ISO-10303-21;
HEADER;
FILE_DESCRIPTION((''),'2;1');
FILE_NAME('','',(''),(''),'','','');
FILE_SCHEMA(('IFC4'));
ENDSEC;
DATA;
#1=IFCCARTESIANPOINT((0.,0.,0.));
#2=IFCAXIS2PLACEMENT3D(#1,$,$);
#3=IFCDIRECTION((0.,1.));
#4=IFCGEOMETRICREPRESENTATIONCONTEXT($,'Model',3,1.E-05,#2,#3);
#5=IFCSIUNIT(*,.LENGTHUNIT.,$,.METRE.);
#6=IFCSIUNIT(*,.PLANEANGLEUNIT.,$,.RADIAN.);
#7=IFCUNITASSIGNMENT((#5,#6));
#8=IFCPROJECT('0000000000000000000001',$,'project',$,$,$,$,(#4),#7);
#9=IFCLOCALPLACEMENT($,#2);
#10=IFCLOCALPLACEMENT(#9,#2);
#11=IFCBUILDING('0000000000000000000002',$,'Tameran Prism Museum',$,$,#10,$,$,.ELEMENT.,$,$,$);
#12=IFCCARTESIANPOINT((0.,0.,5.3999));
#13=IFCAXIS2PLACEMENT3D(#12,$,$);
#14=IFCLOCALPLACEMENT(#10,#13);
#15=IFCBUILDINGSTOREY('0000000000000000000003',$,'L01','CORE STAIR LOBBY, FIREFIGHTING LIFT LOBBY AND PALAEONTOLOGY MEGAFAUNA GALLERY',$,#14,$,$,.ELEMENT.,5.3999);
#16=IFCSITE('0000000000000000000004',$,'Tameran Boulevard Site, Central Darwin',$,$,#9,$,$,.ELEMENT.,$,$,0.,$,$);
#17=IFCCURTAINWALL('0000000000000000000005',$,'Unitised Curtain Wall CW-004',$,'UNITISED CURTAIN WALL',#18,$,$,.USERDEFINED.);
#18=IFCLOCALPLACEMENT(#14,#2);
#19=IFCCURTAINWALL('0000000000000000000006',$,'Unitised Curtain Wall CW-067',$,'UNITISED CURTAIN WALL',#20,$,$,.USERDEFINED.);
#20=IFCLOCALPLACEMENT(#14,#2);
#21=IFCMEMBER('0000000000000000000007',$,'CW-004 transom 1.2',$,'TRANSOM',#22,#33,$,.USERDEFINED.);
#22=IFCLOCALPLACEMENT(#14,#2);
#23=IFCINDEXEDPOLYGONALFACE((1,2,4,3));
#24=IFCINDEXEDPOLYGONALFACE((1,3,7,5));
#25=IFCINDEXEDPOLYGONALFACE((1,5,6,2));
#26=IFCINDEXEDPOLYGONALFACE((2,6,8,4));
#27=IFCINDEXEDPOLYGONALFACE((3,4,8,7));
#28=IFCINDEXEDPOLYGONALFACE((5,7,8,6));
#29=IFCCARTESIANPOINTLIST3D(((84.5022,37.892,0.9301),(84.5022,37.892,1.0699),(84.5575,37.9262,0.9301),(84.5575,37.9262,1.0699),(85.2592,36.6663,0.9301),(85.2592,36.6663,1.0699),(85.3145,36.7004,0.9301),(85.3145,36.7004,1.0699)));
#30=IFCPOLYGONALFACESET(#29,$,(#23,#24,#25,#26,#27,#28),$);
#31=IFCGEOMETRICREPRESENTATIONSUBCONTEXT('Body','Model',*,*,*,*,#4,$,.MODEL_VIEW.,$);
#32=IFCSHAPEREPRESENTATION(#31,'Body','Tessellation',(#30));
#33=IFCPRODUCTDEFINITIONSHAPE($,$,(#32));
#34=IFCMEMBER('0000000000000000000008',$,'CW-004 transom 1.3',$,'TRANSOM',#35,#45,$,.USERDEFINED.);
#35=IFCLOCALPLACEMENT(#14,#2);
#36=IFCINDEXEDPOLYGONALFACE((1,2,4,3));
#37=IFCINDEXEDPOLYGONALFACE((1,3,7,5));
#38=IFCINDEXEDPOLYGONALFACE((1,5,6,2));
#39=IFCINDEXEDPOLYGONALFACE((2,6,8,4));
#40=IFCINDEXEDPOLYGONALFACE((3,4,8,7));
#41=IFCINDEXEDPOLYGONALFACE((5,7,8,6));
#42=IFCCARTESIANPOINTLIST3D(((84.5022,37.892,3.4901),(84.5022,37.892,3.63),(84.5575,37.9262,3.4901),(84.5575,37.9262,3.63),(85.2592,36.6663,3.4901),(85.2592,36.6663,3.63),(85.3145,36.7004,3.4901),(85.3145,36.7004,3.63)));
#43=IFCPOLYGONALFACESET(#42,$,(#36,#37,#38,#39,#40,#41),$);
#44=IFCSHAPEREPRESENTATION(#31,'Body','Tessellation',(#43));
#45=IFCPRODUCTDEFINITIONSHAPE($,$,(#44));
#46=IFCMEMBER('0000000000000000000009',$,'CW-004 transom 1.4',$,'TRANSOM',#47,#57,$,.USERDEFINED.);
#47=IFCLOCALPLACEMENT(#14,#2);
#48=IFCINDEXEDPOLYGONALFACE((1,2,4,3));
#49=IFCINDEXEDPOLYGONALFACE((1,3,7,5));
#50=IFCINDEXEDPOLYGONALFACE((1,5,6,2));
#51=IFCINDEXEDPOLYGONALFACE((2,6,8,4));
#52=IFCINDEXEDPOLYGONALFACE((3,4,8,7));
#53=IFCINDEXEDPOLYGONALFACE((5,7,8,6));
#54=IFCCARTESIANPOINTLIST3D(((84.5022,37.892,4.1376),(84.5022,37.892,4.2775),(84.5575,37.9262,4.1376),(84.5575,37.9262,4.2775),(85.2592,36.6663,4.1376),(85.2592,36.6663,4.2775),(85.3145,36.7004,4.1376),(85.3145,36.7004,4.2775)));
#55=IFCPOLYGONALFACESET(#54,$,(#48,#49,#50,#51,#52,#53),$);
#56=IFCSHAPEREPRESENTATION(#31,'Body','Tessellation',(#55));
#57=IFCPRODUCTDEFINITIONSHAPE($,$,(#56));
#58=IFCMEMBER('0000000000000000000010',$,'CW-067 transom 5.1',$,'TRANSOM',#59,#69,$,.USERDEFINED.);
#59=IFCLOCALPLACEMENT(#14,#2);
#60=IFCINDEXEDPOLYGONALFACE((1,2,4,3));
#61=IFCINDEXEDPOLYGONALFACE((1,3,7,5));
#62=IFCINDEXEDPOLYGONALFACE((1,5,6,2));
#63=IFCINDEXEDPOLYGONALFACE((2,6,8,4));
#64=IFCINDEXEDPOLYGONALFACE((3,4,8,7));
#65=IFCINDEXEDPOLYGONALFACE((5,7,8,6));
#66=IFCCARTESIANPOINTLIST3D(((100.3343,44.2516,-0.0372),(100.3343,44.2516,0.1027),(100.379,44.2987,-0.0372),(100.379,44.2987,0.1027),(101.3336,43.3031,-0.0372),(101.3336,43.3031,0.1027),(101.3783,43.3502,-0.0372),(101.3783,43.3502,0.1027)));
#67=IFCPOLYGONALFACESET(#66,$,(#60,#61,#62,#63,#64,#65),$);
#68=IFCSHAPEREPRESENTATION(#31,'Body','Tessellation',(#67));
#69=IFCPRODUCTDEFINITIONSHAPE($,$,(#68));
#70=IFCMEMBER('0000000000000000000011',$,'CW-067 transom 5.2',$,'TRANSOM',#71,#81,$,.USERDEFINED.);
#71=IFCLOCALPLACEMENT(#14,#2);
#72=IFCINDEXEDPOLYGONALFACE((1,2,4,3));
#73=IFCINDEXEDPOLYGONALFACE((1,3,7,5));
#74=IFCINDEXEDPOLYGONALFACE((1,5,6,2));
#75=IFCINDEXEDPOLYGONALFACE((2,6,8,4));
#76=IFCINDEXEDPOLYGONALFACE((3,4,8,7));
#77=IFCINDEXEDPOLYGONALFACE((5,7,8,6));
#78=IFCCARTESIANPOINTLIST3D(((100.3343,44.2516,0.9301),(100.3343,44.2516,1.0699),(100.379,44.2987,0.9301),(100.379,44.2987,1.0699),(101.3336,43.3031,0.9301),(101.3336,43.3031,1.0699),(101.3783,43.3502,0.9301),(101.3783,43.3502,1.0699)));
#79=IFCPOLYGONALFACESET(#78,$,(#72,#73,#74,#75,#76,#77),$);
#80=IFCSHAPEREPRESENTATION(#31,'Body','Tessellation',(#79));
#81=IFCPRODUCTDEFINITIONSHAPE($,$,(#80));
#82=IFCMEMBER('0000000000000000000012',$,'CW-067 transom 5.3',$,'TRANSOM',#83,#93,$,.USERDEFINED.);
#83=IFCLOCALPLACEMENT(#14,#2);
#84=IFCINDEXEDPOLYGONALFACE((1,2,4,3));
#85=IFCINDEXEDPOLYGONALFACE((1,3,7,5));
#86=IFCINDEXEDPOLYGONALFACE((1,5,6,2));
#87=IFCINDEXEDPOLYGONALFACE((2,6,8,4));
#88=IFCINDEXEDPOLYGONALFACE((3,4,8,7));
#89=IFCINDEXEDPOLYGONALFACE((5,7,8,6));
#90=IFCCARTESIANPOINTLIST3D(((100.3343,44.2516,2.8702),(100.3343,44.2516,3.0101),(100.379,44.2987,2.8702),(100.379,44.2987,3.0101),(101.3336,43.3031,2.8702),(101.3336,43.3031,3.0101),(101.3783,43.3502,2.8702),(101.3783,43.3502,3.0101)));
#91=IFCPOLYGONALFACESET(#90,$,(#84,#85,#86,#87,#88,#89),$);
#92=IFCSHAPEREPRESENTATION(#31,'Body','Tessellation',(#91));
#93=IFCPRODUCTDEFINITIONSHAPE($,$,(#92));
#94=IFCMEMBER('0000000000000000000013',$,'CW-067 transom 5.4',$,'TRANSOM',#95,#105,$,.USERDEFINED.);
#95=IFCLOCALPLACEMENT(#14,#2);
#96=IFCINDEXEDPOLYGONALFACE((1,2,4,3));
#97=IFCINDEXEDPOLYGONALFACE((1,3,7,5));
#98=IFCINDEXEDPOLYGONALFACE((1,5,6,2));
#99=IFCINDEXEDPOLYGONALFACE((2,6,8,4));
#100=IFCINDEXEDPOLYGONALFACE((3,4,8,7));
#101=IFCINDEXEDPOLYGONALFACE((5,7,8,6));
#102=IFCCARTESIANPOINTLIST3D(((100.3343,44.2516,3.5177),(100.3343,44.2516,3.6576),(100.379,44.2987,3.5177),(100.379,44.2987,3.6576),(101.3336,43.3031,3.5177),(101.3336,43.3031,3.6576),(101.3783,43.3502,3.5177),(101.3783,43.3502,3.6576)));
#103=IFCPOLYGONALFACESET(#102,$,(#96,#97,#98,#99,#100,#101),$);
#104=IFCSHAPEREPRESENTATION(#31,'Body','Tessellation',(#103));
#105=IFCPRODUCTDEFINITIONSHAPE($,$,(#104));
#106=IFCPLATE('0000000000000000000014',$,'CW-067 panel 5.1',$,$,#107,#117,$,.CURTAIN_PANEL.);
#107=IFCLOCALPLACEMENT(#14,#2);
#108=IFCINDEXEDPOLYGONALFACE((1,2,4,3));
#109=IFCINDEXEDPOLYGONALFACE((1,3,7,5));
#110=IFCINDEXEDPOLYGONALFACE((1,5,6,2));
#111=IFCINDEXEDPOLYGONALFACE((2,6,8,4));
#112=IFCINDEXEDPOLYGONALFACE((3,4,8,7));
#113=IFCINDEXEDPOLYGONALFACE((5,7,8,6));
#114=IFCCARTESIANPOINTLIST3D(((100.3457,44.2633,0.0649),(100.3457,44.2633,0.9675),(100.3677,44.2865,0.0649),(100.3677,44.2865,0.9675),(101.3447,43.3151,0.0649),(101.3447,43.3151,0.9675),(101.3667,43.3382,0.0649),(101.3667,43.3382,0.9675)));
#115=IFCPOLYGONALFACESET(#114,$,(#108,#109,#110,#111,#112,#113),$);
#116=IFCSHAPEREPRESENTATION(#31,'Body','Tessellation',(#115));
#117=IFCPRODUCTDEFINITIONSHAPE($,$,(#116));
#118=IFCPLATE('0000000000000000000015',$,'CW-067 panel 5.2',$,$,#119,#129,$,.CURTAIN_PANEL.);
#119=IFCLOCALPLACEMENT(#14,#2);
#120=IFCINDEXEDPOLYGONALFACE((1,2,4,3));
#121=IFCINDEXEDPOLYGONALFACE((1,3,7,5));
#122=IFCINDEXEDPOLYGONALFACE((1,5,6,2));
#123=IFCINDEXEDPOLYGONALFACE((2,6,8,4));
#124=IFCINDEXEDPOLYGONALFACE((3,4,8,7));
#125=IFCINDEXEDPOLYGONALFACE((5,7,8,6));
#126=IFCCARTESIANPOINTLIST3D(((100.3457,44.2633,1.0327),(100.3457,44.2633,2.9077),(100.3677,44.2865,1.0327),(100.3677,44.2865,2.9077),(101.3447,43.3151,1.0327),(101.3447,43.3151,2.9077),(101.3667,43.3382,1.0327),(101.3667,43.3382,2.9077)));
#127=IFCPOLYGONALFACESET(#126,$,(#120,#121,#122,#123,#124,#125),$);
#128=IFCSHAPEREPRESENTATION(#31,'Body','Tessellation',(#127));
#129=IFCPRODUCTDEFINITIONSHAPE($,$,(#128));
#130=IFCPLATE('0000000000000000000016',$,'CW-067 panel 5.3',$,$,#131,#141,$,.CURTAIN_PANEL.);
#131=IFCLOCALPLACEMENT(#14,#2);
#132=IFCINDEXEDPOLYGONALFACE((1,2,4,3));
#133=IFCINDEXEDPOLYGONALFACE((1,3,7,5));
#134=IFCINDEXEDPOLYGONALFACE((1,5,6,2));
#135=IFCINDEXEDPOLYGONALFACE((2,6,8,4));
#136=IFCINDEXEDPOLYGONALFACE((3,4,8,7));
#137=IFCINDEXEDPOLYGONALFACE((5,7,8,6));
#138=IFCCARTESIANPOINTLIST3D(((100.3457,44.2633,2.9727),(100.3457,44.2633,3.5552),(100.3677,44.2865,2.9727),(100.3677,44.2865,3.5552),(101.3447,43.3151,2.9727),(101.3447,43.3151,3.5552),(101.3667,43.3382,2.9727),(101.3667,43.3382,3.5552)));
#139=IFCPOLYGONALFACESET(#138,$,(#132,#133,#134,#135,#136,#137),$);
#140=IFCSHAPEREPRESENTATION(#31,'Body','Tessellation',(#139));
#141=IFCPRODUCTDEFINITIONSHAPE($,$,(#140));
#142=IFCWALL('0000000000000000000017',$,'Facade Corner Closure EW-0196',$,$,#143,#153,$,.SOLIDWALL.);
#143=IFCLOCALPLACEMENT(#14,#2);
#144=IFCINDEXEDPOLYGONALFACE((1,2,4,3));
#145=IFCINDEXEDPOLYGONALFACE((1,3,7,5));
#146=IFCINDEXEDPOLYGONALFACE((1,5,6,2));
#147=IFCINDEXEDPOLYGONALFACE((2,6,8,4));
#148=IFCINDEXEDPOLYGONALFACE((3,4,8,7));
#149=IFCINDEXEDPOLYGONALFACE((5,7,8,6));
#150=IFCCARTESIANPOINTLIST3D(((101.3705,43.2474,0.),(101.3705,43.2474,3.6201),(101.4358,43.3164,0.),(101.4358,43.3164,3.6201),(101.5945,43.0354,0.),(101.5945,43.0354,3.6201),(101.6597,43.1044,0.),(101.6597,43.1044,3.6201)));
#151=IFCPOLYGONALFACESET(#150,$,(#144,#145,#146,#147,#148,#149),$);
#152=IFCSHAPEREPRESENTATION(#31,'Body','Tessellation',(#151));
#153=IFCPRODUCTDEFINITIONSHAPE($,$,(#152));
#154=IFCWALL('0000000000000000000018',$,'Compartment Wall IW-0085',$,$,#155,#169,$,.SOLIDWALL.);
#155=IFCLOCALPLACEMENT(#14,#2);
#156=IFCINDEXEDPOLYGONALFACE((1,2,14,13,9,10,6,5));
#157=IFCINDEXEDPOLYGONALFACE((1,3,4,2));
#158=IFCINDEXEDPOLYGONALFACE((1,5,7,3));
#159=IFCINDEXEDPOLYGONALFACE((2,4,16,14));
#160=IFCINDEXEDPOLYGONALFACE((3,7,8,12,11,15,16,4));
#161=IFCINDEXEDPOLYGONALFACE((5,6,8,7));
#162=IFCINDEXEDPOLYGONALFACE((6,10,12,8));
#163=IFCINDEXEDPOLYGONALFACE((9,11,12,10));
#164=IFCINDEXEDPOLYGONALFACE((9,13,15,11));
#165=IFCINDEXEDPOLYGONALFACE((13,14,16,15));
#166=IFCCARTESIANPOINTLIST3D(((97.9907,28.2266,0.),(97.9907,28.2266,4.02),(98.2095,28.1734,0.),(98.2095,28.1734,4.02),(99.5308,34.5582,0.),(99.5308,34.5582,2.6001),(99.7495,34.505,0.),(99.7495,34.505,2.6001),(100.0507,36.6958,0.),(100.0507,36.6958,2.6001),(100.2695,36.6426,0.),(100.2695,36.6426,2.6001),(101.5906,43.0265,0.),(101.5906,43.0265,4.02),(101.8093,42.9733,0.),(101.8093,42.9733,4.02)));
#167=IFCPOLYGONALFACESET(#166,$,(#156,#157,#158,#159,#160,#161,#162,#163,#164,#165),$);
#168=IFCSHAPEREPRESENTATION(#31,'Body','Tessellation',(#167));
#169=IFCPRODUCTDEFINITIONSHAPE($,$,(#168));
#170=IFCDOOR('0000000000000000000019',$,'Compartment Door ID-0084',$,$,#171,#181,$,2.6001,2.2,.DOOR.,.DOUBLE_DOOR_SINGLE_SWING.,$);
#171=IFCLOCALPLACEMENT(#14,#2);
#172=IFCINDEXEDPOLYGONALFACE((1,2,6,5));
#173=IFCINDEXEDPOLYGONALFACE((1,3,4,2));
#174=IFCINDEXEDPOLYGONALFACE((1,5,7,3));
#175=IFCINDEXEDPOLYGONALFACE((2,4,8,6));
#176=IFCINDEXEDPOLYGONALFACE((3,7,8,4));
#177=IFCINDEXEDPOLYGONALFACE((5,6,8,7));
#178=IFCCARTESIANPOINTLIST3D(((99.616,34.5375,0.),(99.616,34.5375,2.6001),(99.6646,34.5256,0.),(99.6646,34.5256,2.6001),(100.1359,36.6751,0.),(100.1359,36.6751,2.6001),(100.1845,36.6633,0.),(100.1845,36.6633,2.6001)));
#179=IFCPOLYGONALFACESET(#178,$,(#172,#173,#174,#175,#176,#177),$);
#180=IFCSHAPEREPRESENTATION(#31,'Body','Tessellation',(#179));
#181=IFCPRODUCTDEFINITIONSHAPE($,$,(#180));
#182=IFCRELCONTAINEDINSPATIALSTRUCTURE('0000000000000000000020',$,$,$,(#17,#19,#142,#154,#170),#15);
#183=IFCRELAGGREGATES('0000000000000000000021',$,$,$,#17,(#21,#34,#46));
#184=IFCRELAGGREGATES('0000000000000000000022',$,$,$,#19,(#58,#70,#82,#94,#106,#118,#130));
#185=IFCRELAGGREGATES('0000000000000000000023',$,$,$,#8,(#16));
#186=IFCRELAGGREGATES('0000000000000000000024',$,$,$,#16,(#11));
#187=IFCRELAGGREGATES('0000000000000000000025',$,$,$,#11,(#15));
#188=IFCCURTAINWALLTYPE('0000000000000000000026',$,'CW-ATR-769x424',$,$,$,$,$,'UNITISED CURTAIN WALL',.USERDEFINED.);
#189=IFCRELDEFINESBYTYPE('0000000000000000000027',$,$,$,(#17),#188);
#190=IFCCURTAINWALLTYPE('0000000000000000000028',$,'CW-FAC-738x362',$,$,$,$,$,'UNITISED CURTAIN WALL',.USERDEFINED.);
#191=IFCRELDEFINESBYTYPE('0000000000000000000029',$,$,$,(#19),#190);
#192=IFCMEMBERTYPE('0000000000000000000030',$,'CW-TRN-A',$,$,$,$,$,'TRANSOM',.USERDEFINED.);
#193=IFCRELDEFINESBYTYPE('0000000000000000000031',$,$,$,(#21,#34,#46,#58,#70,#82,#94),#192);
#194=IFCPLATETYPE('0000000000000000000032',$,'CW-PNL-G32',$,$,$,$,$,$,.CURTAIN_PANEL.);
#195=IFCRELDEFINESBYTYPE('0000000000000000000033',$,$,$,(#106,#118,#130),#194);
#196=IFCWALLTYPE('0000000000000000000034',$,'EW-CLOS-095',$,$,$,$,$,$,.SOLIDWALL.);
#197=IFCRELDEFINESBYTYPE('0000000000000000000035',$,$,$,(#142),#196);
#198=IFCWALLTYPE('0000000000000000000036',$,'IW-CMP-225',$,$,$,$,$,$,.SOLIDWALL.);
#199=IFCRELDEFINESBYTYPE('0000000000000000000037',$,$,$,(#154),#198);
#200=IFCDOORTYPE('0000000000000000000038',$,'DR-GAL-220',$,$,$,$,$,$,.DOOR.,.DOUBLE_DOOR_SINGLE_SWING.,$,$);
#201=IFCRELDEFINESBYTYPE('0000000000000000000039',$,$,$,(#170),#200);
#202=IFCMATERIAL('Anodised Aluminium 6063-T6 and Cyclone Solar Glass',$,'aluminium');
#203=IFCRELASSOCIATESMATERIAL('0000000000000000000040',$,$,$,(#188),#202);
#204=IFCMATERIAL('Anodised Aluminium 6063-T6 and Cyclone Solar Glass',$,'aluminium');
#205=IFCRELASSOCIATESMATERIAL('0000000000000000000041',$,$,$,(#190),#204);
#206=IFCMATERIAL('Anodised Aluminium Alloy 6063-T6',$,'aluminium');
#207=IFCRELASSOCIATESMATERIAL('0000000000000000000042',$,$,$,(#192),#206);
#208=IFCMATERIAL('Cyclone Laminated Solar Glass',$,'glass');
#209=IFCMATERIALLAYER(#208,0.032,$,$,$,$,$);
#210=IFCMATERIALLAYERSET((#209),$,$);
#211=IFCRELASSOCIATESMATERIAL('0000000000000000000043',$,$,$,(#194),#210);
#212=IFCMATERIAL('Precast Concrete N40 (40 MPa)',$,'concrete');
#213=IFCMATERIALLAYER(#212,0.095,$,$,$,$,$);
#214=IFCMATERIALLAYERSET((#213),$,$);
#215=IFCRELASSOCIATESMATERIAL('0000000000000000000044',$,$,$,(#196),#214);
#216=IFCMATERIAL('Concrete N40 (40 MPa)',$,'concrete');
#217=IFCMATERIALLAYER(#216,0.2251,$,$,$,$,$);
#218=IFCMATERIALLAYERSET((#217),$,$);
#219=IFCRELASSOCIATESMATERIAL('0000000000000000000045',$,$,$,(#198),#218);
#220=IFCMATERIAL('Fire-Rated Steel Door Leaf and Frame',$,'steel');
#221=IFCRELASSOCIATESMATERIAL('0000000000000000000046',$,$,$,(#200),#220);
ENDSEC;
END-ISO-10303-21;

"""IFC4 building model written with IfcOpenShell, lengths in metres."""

from ifc_helpers import new_model, si_unit, direction, frame, frame_2d, origin, origin_2d, place, context, subcontext, project, spatial, rectangle, extrude, material, layer, layer_set, material_profile, profile_set, type_object, element, fill, aggregate, save


model = new_model("IFC4")

# Units and contexts
model_context = context("Model", 3, precision=1e-05, world=origin(), true_north=direction((0.0, 1.0)))
body_context = subcontext(model_context, "Body", "Model", "MODEL_VIEW")
ifc_project = project(units=[si_unit("LENGTHUNIT", "METRE"), si_unit("PLANEANGLEUNIT", "RADIAN")], contexts=[model_context])

# Site, building, storey
site_placement = place(None, origin())
site = spatial("IfcSite", under=ifc_project, at=site_placement, Name="Tameran Boulevard Site, Central Darwin", CompositionType="ELEMENT", RefElevation=0.0)
building_placement = place(site_placement, origin())
building = spatial("IfcBuilding", under=site, at=building_placement, Name="Tameran Prism Museum", CompositionType="ELEMENT")
storey_placement = place(building_placement, frame((0.0, 0.0, 5.3999)))
storey = spatial("IfcBuildingStorey", under=building, at=storey_placement, Name="L01", Description="CORE STAIR LOBBY, FIREFIGHTING LIFT LOBBY AND PALAEONTOLOGY MEGAFAUNA GALLERY", CompositionType="ELEMENT", Elevation=5.3999)

# Curtain wall
ifc_material_1 = material(Name="Anodised Aluminium 6063-T6 and Cyclone Solar Glass", Category="aluminium")
curtain_wall_type_1 = type_object("IfcCurtainWallType", Name="CW-ATR-769x424", ElementType="UNITISED CURTAIN WALL", PredefinedType="USERDEFINED", material=ifc_material_1)
curtain_wall_1_placement = place(storey_placement, origin())
curtain_wall_1 = element("IfcCurtainWall", 1, at=curtain_wall_1_placement, inside=storey, type_object=curtain_wall_type_1, Name="Unitised Curtain Wall CW-004", ObjectType="UNITISED CURTAIN WALL", PredefinedType="USERDEFINED")

# Curtain wall
ifc_material_2 = material(Name="Anodised Aluminium 6063-T6 and Cyclone Solar Glass", Category="aluminium")
curtain_wall_type_2 = type_object("IfcCurtainWallType", Name="CW-FAC-738x362", ElementType="UNITISED CURTAIN WALL", PredefinedType="USERDEFINED", material=ifc_material_2)
curtain_wall_2_placement = place(storey_placement, origin())
curtain_wall_2 = element("IfcCurtainWall", 2, at=curtain_wall_2_placement, inside=storey, type_object=curtain_wall_type_2, Name="Unitised Curtain Wall CW-067", ObjectType="UNITISED CURTAIN WALL", PredefinedType="USERDEFINED")

# Members
ifc_material_3 = material(Name="Anodised Aluminium Alloy 6063-T6", Category="aluminium")
ifc_material_profile_1 = material_profile(ifc_material_3, rectangle(XDim=0.0649, YDim=0.1399, at=origin_2d()))
ifc_profile_set_1 = profile_set([ifc_material_profile_1])
member_type_1 = type_object("IfcMemberType", Name="CW-TRN-A", ElementType="TRANSOM", PredefinedType="USERDEFINED", material=ifc_profile_set_1)
member_1_placement = place(storey_placement, frame((85.2869, 36.6833, 1.0), z_axis=(-0.525468, 0.850814, 0.0), x_axis=(-0.850814, -0.525468, 0.0)))
member_1 = element("IfcMember", 3, at=member_1_placement, type_object=member_type_1, Name="CW-004 transom 1.2", ObjectType="TRANSOM", PredefinedType="USERDEFINED", context=body_context, shape_type="SweptSolid", body=[
    extrude(rectangle(XDim=0.0649, YDim=0.1399, at=origin_2d()), origin(), (0.0, 0.0, 1.0), 1.4407),
])
member_2_placement = place(storey_placement, frame((85.2869, 36.6833, 3.5601), z_axis=(-0.525468, 0.850814, 0.0), x_axis=(-0.850814, -0.525468, 0.0)))
member_2 = element("IfcMember", 4, at=member_2_placement, type_object=member_type_1, Name="CW-004 transom 1.3", ObjectType="TRANSOM", PredefinedType="USERDEFINED", context=body_context, shape_type="SweptSolid", body=[
    extrude(rectangle(XDim=0.0649, YDim=0.1399, at=origin_2d()), origin(), (0.0, 0.0, 1.0), 1.4407),
])
member_3_placement = place(storey_placement, frame((85.2869, 36.6833, 4.2075), z_axis=(-0.525468, 0.850814, 0.0), x_axis=(-0.850814, -0.525468, 0.0)))
member_3 = element("IfcMember", 5, at=member_3_placement, type_object=member_type_1, Name="CW-004 transom 1.4", ObjectType="TRANSOM", PredefinedType="USERDEFINED", context=body_context, shape_type="SweptSolid", body=[
    extrude(rectangle(XDim=0.0649, YDim=0.1399, at=origin_2d()), origin(), (0.0, 0.0, 1.0), 1.4407),
])
aggregate(curtain_wall_1, [member_1, member_2, member_3])
member_4_placement = place(storey_placement, frame((100.3567, 44.2751, 0.0327), z_axis=(0.725296, -0.688437, 0.0), x_axis=(0.688437, 0.725296, 0.0)))
member_4 = element("IfcMember", 6, at=member_4_placement, type_object=member_type_1, Name="CW-067 transom 5.1", ObjectType="TRANSOM", PredefinedType="USERDEFINED", context=body_context, shape_type="SweptSolid", body=[
    extrude(rectangle(XDim=0.0649, YDim=0.1399, at=origin_2d()), origin(), (0.0, 0.0, 1.0), 1.3777),
])
member_5_placement = place(storey_placement, frame((100.3567, 44.2751, 1.0), z_axis=(0.725296, -0.688437, 0.0), x_axis=(0.688437, 0.725296, 0.0)))
member_5 = element("IfcMember", 7, at=member_5_placement, type_object=member_type_1, Name="CW-067 transom 5.2", ObjectType="TRANSOM", PredefinedType="USERDEFINED", context=body_context, shape_type="SweptSolid", body=[
    extrude(rectangle(XDim=0.0649, YDim=0.1399, at=origin_2d()), origin(), (0.0, 0.0, 1.0), 1.3777),
])
member_6_placement = place(storey_placement, frame((100.3567, 44.2751, 2.9402), z_axis=(0.725296, -0.688437, 0.0), x_axis=(0.688437, 0.725296, 0.0)))
member_6 = element("IfcMember", 8, at=member_6_placement, type_object=member_type_1, Name="CW-067 transom 5.3", ObjectType="TRANSOM", PredefinedType="USERDEFINED", context=body_context, shape_type="SweptSolid", body=[
    extrude(rectangle(XDim=0.0649, YDim=0.1399, at=origin_2d()), origin(), (0.0, 0.0, 1.0), 1.3777),
])
member_7_placement = place(storey_placement, frame((100.3567, 44.2751, 3.5876), z_axis=(0.725296, -0.688437, 0.0), x_axis=(0.688437, 0.725296, 0.0)))
member_7 = element("IfcMember", 9, at=member_7_placement, type_object=member_type_1, Name="CW-067 transom 5.4", ObjectType="TRANSOM", PredefinedType="USERDEFINED", context=body_context, shape_type="SweptSolid", body=[
    extrude(rectangle(XDim=0.0649, YDim=0.1399, at=origin_2d()), origin(), (0.0, 0.0, 1.0), 1.3777),
])

# Plates
ifc_material_4 = material(Name="Cyclone Laminated Solar Glass", Category="glass")
ifc_layer_1 = layer(ifc_material_4, 0.032)
ifc_layer_set_1 = layer_set([ifc_layer_1])
plate_type = type_object("IfcPlateType", Name="CW-PNL-G32", PredefinedType="CURTAIN_PANEL", material=ifc_layer_set_1)
plate_1_placement = place(storey_placement, frame((100.8562, 43.8008, 0.0649), z_axis=(0.0, 0.0, 1.0), x_axis=(0.725307, -0.688425, 0.0)))
plate_1 = element("IfcPlate", 10, at=plate_1_placement, type_object=plate_type, Name="CW-067 panel 5.1", PredefinedType="CURTAIN_PANEL", context=body_context, shape_type="SweptSolid", body=[
    extrude(rectangle(XDim=1.3774, YDim=0.032, at=origin_2d()), origin(), (0.0, 0.0, 1.0), 0.9026),
])
plate_2_placement = place(storey_placement, frame((100.8562, 43.8008, 1.0327), z_axis=(0.0, 0.0, 1.0), x_axis=(0.725307, -0.688425, 0.0)))
plate_2 = element("IfcPlate", 11, at=plate_2_placement, type_object=plate_type, Name="CW-067 panel 5.2", PredefinedType="CURTAIN_PANEL", context=body_context, shape_type="SweptSolid", body=[
    extrude(rectangle(XDim=1.3774, YDim=0.032, at=origin_2d()), origin(), (0.0, 0.0, 1.0), 1.875),
])
plate_3_placement = place(storey_placement, frame((100.8562, 43.8008, 2.9727), z_axis=(0.0, 0.0, 1.0), x_axis=(0.725307, -0.688425, 0.0)))
plate_3 = element("IfcPlate", 12, at=plate_3_placement, type_object=plate_type, Name="CW-067 panel 5.3", PredefinedType="CURTAIN_PANEL", context=body_context, shape_type="SweptSolid", body=[
    extrude(rectangle(XDim=1.3774, YDim=0.032, at=origin_2d()), origin(), (0.0, 0.0, 1.0), 0.5825),
])
aggregate(curtain_wall_2, [member_4, member_5, member_6, member_7, plate_1, plate_2, plate_3])

# Wall
ifc_material_5 = material(Name="Precast Concrete N40 (40 MPa)", Category="concrete")
ifc_layer_2 = layer(ifc_material_5, 0.095)
ifc_layer_set_2 = layer_set([ifc_layer_2])
wall_type_1 = type_object("IfcWallType", Name="EW-CLOS-095", PredefinedType="SOLIDWALL", material=ifc_layer_set_2)
wall_1_placement = place(storey_placement, frame((101.4031, 43.282, 0.0), z_axis=(0.0, 0.0, 1.0), x_axis=(0.726244, -0.687437, 0.0)))
element("IfcWall", 13, at=wall_1_placement, inside=storey, type_object=wall_type_1, Name="Facade Corner Closure EW-0196", PredefinedType="SOLIDWALL", context=body_context, shape_type="SweptSolid", body=[
    extrude(rectangle(XDim=0.3083, YDim=0.095, at=frame_2d((0.1543, 0.0))), origin(), (0.0, 0.0, 1.0), 3.6201),
])

# Wall, opening, door
ifc_material_6 = material(Name="Concrete N40 (40 MPa)", Category="concrete")
ifc_layer_3 = layer(ifc_material_6, 0.2251)
ifc_layer_set_3 = layer_set([ifc_layer_3])
wall_type_2 = type_object("IfcWallType", Name="IW-CMP-225", PredefinedType="SOLIDWALL", material=ifc_layer_set_3)
wall_2_placement = place(storey_placement, frame((98.1001, 28.2, 0.0), z_axis=(0.0, 0.0, 1.0), x_axis=(0.236342, 0.97167, 0.0)))
wall_2 = element("IfcWall", 14, at=wall_2_placement, inside=storey, type_object=wall_type_2, Name="Compartment Wall IW-0085", PredefinedType="SOLIDWALL", context=body_context, shape_type="SweptSolid", body=[
    extrude(rectangle(XDim=15.2314, YDim=0.2251, at=frame_2d((7.6157, 0.0))), origin(), (0.0, 0.0, 1.0), 4.02),
])
opening_1_placement = place(wall_2_placement, frame((6.5161, 0.0, 0.0)))
opening_1 = element("IfcOpeningElement", 15, at=opening_1_placement, cuts=wall_2, PredefinedType="OPENING", context=body_context, shape_type="SweptSolid", body=[
    extrude(rectangle(XDim=2.2, YDim=2.6001, at=frame_2d((1.1001, 1.3))), frame((0.0, 0.1226, 0.0), z_axis=(0.0, -1.0, 0.0), x_axis=(1.0, 0.0, 0.0)), (0.0, 0.0, 1.0), 0.2451),
])
ifc_material_7 = material(Name="Fire-Rated Steel Door Leaf and Frame", Category="steel")
door_type_1 = type_object("IfcDoorType", Name="DR-GAL-220", OperationType="DOUBLE_DOOR_SINGLE_SWING", PredefinedType="DOOR", material=ifc_material_7)
door_1_placement = place(opening_1_placement, origin())
door_1 = element("IfcDoor", 16, at=door_1_placement, inside=storey, type_object=door_type_1, Name="Compartment Door ID-0084", OperationType="DOUBLE_DOOR_SINGLE_SWING", OverallHeight=2.6001, OverallWidth=2.2, PredefinedType="DOOR", context=body_context, shape_type="SweptSolid", body=[
    extrude(rectangle(XDim=2.2, YDim=2.6001, at=frame_2d((1.1001, 1.3))), frame((0.0, 0.0249, 0.0), z_axis=(0.0, -1.0, 0.0), x_axis=(1.0, 0.0, 0.0)), (0.0, 0.0, 1.0), 0.05),
])
fill(opening_1, door_1)

save(model, "model.ifc")
